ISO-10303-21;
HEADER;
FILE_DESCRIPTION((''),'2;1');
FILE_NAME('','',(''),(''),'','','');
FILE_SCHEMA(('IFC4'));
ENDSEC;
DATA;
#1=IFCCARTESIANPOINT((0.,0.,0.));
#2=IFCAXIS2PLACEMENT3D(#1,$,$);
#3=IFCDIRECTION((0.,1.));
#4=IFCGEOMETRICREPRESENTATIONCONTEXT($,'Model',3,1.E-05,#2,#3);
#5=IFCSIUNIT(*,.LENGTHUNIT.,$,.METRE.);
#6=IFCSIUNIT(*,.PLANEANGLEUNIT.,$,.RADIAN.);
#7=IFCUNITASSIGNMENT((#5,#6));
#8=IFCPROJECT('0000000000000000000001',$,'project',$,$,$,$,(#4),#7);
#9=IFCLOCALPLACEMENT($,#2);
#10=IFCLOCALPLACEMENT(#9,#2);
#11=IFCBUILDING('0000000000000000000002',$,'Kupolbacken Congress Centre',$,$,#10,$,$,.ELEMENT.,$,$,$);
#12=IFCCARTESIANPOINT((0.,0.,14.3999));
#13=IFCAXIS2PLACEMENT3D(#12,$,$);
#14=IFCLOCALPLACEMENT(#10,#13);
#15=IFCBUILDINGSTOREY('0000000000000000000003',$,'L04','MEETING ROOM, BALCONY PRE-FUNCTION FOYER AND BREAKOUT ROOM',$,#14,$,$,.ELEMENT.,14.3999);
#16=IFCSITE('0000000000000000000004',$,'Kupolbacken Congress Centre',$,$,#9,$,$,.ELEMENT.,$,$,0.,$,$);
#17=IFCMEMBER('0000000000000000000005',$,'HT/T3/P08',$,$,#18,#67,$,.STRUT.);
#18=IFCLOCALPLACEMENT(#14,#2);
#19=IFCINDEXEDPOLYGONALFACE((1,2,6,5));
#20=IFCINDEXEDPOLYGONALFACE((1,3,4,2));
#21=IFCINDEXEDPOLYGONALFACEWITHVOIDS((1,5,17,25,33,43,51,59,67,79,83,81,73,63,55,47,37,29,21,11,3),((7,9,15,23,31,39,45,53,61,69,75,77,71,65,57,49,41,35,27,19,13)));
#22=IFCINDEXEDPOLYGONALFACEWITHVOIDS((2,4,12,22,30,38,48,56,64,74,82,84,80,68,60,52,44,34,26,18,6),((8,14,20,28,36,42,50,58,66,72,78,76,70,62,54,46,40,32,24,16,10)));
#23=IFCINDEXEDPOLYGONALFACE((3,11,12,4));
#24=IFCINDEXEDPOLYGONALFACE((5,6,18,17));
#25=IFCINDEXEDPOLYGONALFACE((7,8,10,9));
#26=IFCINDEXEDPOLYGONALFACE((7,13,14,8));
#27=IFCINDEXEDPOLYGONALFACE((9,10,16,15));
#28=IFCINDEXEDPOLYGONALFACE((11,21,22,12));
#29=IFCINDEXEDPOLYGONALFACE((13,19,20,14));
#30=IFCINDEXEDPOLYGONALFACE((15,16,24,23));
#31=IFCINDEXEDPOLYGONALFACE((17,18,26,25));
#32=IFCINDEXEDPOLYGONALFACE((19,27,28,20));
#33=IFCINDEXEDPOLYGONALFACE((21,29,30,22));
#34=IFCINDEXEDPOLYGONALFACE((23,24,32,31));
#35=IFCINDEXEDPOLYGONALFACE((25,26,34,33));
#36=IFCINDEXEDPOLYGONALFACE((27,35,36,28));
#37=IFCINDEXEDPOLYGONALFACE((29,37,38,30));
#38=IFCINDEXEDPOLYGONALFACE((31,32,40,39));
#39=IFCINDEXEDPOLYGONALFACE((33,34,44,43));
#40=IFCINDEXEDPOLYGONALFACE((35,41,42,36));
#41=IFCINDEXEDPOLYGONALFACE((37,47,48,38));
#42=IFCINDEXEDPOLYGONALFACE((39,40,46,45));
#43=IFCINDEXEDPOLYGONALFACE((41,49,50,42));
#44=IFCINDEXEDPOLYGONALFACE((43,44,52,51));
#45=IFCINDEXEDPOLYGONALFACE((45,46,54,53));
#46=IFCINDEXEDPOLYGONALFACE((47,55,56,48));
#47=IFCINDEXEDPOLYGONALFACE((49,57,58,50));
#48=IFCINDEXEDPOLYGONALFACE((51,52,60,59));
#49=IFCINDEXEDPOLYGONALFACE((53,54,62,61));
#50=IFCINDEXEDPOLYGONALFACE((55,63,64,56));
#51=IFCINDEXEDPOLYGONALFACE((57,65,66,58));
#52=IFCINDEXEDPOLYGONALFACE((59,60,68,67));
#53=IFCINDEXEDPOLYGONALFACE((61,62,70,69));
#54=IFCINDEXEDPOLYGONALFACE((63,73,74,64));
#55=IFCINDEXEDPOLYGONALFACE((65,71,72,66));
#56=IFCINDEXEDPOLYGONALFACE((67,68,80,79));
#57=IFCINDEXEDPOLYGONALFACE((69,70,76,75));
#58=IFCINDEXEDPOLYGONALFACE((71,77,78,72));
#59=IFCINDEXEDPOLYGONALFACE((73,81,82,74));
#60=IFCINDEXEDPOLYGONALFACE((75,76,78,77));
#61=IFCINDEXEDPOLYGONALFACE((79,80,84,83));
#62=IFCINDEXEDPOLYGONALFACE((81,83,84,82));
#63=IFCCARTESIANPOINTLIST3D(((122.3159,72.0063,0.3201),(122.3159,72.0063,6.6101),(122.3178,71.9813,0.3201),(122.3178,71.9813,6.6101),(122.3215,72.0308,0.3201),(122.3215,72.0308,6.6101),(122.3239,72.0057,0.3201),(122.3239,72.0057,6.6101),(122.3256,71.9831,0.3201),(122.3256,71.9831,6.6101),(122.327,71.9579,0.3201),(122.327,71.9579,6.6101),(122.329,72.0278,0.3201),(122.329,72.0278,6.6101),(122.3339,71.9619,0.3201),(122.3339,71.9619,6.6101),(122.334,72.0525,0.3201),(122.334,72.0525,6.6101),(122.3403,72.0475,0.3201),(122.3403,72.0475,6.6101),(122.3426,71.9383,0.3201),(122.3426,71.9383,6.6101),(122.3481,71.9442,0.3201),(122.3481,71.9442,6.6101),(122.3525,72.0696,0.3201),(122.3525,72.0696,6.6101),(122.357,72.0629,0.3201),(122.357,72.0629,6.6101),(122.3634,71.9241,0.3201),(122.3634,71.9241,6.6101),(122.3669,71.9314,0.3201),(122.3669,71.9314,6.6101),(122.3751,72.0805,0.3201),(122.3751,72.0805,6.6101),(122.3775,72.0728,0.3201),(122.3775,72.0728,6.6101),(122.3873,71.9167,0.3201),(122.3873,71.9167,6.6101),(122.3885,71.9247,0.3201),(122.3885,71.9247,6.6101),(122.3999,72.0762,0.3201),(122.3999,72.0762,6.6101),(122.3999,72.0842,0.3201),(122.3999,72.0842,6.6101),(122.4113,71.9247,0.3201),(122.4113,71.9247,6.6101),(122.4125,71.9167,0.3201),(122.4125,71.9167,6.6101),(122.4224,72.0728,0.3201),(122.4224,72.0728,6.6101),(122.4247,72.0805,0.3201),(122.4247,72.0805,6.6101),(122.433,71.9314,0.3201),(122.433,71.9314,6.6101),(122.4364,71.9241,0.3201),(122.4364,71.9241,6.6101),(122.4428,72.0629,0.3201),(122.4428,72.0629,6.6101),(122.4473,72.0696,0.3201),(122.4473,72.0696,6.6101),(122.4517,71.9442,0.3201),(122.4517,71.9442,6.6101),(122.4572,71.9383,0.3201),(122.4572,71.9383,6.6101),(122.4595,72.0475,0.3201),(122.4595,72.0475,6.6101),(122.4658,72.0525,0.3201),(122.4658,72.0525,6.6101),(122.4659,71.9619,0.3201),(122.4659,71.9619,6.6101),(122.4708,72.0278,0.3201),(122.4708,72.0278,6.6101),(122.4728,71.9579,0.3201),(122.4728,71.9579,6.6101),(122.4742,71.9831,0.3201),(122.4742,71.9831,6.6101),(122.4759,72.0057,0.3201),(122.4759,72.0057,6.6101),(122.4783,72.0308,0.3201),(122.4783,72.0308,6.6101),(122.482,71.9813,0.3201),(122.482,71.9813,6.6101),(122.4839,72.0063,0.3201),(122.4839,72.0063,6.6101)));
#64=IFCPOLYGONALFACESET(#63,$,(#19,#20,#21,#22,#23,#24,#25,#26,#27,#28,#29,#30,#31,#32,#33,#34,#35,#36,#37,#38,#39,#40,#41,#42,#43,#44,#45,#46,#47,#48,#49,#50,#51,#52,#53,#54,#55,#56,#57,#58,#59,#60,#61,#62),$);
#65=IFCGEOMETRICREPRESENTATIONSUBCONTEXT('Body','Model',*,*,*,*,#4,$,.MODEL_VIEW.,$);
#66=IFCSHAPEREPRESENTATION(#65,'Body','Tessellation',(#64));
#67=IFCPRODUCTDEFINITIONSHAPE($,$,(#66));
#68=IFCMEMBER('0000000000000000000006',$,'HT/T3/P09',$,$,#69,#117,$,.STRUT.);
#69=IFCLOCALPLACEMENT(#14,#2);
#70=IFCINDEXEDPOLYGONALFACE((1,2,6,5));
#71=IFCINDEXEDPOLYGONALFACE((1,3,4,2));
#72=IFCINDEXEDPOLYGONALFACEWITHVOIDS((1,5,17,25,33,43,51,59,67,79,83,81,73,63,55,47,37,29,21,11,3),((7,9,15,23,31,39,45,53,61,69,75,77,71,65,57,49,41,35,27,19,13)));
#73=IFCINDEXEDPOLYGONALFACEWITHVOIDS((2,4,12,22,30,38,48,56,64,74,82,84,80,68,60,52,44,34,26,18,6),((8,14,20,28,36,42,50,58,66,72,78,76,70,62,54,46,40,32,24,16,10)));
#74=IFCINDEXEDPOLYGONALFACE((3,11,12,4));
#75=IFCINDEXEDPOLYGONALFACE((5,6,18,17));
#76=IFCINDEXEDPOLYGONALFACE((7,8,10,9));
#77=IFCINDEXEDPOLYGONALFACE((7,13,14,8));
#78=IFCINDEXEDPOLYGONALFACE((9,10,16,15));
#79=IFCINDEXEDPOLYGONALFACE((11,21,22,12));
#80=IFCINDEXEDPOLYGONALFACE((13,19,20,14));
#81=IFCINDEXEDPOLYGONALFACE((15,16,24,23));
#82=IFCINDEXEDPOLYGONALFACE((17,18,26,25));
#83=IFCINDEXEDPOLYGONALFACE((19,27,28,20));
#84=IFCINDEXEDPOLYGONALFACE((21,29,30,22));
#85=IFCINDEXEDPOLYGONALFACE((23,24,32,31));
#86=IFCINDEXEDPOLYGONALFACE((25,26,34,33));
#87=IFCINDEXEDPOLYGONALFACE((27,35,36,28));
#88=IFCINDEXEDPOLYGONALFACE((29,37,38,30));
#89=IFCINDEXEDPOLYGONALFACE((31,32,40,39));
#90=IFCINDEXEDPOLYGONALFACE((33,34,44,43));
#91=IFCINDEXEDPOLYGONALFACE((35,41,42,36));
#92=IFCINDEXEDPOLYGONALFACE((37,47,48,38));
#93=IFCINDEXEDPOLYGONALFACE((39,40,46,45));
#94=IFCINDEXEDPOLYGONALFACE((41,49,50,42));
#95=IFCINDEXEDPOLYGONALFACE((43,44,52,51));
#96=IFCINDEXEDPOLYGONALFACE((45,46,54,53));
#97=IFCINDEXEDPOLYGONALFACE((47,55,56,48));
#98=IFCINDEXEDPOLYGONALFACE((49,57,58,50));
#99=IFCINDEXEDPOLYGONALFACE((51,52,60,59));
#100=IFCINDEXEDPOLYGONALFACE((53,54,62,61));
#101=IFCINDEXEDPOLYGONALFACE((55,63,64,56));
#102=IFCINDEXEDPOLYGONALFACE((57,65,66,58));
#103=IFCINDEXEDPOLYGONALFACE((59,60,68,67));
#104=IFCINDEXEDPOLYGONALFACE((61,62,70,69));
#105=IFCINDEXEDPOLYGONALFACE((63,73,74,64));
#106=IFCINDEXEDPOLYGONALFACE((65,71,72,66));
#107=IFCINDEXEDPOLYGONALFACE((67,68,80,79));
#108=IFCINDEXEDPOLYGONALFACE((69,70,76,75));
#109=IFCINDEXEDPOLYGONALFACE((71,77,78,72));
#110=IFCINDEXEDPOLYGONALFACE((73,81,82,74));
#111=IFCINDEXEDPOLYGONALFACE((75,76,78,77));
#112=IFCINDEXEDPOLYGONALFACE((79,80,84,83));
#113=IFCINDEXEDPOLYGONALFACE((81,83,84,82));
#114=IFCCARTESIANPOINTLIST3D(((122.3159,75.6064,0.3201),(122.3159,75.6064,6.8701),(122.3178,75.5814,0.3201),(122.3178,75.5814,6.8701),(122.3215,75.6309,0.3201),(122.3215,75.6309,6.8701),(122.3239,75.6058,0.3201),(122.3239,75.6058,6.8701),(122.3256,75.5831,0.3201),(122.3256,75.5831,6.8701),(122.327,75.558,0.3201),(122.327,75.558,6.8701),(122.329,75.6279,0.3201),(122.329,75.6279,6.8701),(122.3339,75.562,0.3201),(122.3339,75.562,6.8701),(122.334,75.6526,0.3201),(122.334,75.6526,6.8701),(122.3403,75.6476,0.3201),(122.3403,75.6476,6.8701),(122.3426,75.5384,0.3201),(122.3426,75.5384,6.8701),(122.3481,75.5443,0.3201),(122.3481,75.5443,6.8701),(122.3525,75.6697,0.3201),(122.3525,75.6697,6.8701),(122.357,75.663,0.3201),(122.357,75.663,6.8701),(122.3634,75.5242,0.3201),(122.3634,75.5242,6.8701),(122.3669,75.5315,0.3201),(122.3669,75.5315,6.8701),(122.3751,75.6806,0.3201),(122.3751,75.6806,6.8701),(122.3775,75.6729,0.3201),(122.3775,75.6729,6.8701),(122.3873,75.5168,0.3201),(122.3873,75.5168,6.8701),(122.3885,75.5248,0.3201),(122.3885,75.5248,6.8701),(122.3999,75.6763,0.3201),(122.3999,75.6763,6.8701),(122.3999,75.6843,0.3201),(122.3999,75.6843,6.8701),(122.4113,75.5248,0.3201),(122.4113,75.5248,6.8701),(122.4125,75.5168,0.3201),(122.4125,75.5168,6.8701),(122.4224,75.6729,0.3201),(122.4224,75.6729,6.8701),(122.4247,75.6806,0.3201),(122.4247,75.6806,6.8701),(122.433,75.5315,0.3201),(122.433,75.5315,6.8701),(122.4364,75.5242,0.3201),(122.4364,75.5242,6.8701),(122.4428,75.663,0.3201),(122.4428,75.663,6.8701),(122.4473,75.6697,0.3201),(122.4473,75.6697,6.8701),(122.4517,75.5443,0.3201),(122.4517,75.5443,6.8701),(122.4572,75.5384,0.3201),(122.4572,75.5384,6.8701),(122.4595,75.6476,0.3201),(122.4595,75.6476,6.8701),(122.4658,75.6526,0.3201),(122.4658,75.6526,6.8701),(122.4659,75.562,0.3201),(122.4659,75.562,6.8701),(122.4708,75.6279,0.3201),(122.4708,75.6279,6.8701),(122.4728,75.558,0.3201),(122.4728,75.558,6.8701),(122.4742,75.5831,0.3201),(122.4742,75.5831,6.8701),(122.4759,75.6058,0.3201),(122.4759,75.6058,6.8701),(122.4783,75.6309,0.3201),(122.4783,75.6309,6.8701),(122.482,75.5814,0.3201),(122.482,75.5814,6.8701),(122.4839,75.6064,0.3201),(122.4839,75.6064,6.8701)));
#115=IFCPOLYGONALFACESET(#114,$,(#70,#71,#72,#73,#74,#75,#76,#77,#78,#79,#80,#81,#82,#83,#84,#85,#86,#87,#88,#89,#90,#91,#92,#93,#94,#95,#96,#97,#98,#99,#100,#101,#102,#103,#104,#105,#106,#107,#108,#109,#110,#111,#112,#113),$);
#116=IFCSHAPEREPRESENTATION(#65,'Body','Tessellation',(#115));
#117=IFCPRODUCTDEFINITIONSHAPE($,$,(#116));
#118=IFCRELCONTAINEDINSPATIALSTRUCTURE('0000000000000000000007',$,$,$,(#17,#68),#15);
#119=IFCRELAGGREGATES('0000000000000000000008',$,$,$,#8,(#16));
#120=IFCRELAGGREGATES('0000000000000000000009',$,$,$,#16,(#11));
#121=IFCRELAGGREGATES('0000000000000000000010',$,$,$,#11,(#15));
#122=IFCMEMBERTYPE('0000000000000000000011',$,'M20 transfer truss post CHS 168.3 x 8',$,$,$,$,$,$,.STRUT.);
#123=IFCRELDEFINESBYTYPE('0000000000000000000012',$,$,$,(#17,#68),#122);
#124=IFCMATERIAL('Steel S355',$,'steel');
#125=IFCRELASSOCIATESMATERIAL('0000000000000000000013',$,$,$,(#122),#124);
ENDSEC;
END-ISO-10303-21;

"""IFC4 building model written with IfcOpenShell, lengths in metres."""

from ifc_helpers import new_model, si_unit, direction, frame, origin, origin_2d, place, context, subcontext, project, spatial, hollow_circle, extrude, material, material_profile, profile_set, type_object, element, save


model = new_model("IFC4")

# Units and contexts
model_context = context("Model", 3, precision=1e-05, world=origin(), true_north=direction((0.0, 1.0)))
body_context = subcontext(model_context, "Body", "Model", "MODEL_VIEW")
ifc_project = project(units=[si_unit("LENGTHUNIT", "METRE"), si_unit("PLANEANGLEUNIT", "RADIAN")], contexts=[model_context])

# Site, building, storey
site_placement = place(None, origin())
site = spatial("IfcSite", under=ifc_project, at=site_placement, Name="Kupolbacken Congress Centre", CompositionType="ELEMENT", RefElevation=0.0)
building_placement = place(site_placement, origin())
building = spatial("IfcBuilding", under=site, at=building_placement, Name="Kupolbacken Congress Centre", CompositionType="ELEMENT")
storey_placement = place(building_placement, frame((0.0, 0.0, 14.3999)))
storey = spatial("IfcBuildingStorey", under=building, at=storey_placement, Name="L04", Description="MEETING ROOM, BALCONY PRE-FUNCTION FOYER AND BREAKOUT ROOM", CompositionType="ELEMENT", Elevation=14.3999)

# Members
ifc_material_1 = material(Name="Steel S355", Category="steel")
ifc_material_profile_1 = material_profile(ifc_material_1, hollow_circle(Radius=0.0842, WallThickness=0.0081, at=origin_2d()), Name="CHS 168.3 x 8")
ifc_profile_set_1 = profile_set([ifc_material_profile_1], Name="Steel S355")
member_type_1 = type_object("IfcMemberType", Name="M20 transfer truss post CHS 168.3 x 8", PredefinedType="STRUT", material=ifc_profile_set_1)
for number, where, z_axis, x_axis, name in (
    (1, (122.3999, 72.0, 0.3201), (0.0, 0.0, 1.0), (0.0, 1.0, 0.0), "HT/T3/P08"),
):
    element("IfcMember", number, at=place(storey_placement, frame(where, z_axis=z_axis, x_axis=x_axis)), inside=storey, type_object=member_type_1, Name=name, PredefinedType="STRUT", context=body_context, shape_type="SweptSolid", body=[
        extrude(hollow_circle(Radius=0.0842, WallThickness=0.0081, at=origin_2d()), origin(), (0.0, 0.0, 1.0), 6.29),
    ])
member_1_placement = place(storey_placement, frame((122.3999, 75.6001, 0.3201), z_axis=(0.0, 0.0, 1.0), x_axis=(0.0, 1.0, 0.0)))
element("IfcMember", 2, at=member_1_placement, inside=storey, type_object=member_type_1, Name="HT/T3/P09", PredefinedType="STRUT", context=body_context, shape_type="SweptSolid", body=[
    extrude(hollow_circle(Radius=0.0842, WallThickness=0.0081, at=origin_2d()), origin(), (0.0, 0.0, 1.0), 6.55),
])

save(model, "model.ifc")
